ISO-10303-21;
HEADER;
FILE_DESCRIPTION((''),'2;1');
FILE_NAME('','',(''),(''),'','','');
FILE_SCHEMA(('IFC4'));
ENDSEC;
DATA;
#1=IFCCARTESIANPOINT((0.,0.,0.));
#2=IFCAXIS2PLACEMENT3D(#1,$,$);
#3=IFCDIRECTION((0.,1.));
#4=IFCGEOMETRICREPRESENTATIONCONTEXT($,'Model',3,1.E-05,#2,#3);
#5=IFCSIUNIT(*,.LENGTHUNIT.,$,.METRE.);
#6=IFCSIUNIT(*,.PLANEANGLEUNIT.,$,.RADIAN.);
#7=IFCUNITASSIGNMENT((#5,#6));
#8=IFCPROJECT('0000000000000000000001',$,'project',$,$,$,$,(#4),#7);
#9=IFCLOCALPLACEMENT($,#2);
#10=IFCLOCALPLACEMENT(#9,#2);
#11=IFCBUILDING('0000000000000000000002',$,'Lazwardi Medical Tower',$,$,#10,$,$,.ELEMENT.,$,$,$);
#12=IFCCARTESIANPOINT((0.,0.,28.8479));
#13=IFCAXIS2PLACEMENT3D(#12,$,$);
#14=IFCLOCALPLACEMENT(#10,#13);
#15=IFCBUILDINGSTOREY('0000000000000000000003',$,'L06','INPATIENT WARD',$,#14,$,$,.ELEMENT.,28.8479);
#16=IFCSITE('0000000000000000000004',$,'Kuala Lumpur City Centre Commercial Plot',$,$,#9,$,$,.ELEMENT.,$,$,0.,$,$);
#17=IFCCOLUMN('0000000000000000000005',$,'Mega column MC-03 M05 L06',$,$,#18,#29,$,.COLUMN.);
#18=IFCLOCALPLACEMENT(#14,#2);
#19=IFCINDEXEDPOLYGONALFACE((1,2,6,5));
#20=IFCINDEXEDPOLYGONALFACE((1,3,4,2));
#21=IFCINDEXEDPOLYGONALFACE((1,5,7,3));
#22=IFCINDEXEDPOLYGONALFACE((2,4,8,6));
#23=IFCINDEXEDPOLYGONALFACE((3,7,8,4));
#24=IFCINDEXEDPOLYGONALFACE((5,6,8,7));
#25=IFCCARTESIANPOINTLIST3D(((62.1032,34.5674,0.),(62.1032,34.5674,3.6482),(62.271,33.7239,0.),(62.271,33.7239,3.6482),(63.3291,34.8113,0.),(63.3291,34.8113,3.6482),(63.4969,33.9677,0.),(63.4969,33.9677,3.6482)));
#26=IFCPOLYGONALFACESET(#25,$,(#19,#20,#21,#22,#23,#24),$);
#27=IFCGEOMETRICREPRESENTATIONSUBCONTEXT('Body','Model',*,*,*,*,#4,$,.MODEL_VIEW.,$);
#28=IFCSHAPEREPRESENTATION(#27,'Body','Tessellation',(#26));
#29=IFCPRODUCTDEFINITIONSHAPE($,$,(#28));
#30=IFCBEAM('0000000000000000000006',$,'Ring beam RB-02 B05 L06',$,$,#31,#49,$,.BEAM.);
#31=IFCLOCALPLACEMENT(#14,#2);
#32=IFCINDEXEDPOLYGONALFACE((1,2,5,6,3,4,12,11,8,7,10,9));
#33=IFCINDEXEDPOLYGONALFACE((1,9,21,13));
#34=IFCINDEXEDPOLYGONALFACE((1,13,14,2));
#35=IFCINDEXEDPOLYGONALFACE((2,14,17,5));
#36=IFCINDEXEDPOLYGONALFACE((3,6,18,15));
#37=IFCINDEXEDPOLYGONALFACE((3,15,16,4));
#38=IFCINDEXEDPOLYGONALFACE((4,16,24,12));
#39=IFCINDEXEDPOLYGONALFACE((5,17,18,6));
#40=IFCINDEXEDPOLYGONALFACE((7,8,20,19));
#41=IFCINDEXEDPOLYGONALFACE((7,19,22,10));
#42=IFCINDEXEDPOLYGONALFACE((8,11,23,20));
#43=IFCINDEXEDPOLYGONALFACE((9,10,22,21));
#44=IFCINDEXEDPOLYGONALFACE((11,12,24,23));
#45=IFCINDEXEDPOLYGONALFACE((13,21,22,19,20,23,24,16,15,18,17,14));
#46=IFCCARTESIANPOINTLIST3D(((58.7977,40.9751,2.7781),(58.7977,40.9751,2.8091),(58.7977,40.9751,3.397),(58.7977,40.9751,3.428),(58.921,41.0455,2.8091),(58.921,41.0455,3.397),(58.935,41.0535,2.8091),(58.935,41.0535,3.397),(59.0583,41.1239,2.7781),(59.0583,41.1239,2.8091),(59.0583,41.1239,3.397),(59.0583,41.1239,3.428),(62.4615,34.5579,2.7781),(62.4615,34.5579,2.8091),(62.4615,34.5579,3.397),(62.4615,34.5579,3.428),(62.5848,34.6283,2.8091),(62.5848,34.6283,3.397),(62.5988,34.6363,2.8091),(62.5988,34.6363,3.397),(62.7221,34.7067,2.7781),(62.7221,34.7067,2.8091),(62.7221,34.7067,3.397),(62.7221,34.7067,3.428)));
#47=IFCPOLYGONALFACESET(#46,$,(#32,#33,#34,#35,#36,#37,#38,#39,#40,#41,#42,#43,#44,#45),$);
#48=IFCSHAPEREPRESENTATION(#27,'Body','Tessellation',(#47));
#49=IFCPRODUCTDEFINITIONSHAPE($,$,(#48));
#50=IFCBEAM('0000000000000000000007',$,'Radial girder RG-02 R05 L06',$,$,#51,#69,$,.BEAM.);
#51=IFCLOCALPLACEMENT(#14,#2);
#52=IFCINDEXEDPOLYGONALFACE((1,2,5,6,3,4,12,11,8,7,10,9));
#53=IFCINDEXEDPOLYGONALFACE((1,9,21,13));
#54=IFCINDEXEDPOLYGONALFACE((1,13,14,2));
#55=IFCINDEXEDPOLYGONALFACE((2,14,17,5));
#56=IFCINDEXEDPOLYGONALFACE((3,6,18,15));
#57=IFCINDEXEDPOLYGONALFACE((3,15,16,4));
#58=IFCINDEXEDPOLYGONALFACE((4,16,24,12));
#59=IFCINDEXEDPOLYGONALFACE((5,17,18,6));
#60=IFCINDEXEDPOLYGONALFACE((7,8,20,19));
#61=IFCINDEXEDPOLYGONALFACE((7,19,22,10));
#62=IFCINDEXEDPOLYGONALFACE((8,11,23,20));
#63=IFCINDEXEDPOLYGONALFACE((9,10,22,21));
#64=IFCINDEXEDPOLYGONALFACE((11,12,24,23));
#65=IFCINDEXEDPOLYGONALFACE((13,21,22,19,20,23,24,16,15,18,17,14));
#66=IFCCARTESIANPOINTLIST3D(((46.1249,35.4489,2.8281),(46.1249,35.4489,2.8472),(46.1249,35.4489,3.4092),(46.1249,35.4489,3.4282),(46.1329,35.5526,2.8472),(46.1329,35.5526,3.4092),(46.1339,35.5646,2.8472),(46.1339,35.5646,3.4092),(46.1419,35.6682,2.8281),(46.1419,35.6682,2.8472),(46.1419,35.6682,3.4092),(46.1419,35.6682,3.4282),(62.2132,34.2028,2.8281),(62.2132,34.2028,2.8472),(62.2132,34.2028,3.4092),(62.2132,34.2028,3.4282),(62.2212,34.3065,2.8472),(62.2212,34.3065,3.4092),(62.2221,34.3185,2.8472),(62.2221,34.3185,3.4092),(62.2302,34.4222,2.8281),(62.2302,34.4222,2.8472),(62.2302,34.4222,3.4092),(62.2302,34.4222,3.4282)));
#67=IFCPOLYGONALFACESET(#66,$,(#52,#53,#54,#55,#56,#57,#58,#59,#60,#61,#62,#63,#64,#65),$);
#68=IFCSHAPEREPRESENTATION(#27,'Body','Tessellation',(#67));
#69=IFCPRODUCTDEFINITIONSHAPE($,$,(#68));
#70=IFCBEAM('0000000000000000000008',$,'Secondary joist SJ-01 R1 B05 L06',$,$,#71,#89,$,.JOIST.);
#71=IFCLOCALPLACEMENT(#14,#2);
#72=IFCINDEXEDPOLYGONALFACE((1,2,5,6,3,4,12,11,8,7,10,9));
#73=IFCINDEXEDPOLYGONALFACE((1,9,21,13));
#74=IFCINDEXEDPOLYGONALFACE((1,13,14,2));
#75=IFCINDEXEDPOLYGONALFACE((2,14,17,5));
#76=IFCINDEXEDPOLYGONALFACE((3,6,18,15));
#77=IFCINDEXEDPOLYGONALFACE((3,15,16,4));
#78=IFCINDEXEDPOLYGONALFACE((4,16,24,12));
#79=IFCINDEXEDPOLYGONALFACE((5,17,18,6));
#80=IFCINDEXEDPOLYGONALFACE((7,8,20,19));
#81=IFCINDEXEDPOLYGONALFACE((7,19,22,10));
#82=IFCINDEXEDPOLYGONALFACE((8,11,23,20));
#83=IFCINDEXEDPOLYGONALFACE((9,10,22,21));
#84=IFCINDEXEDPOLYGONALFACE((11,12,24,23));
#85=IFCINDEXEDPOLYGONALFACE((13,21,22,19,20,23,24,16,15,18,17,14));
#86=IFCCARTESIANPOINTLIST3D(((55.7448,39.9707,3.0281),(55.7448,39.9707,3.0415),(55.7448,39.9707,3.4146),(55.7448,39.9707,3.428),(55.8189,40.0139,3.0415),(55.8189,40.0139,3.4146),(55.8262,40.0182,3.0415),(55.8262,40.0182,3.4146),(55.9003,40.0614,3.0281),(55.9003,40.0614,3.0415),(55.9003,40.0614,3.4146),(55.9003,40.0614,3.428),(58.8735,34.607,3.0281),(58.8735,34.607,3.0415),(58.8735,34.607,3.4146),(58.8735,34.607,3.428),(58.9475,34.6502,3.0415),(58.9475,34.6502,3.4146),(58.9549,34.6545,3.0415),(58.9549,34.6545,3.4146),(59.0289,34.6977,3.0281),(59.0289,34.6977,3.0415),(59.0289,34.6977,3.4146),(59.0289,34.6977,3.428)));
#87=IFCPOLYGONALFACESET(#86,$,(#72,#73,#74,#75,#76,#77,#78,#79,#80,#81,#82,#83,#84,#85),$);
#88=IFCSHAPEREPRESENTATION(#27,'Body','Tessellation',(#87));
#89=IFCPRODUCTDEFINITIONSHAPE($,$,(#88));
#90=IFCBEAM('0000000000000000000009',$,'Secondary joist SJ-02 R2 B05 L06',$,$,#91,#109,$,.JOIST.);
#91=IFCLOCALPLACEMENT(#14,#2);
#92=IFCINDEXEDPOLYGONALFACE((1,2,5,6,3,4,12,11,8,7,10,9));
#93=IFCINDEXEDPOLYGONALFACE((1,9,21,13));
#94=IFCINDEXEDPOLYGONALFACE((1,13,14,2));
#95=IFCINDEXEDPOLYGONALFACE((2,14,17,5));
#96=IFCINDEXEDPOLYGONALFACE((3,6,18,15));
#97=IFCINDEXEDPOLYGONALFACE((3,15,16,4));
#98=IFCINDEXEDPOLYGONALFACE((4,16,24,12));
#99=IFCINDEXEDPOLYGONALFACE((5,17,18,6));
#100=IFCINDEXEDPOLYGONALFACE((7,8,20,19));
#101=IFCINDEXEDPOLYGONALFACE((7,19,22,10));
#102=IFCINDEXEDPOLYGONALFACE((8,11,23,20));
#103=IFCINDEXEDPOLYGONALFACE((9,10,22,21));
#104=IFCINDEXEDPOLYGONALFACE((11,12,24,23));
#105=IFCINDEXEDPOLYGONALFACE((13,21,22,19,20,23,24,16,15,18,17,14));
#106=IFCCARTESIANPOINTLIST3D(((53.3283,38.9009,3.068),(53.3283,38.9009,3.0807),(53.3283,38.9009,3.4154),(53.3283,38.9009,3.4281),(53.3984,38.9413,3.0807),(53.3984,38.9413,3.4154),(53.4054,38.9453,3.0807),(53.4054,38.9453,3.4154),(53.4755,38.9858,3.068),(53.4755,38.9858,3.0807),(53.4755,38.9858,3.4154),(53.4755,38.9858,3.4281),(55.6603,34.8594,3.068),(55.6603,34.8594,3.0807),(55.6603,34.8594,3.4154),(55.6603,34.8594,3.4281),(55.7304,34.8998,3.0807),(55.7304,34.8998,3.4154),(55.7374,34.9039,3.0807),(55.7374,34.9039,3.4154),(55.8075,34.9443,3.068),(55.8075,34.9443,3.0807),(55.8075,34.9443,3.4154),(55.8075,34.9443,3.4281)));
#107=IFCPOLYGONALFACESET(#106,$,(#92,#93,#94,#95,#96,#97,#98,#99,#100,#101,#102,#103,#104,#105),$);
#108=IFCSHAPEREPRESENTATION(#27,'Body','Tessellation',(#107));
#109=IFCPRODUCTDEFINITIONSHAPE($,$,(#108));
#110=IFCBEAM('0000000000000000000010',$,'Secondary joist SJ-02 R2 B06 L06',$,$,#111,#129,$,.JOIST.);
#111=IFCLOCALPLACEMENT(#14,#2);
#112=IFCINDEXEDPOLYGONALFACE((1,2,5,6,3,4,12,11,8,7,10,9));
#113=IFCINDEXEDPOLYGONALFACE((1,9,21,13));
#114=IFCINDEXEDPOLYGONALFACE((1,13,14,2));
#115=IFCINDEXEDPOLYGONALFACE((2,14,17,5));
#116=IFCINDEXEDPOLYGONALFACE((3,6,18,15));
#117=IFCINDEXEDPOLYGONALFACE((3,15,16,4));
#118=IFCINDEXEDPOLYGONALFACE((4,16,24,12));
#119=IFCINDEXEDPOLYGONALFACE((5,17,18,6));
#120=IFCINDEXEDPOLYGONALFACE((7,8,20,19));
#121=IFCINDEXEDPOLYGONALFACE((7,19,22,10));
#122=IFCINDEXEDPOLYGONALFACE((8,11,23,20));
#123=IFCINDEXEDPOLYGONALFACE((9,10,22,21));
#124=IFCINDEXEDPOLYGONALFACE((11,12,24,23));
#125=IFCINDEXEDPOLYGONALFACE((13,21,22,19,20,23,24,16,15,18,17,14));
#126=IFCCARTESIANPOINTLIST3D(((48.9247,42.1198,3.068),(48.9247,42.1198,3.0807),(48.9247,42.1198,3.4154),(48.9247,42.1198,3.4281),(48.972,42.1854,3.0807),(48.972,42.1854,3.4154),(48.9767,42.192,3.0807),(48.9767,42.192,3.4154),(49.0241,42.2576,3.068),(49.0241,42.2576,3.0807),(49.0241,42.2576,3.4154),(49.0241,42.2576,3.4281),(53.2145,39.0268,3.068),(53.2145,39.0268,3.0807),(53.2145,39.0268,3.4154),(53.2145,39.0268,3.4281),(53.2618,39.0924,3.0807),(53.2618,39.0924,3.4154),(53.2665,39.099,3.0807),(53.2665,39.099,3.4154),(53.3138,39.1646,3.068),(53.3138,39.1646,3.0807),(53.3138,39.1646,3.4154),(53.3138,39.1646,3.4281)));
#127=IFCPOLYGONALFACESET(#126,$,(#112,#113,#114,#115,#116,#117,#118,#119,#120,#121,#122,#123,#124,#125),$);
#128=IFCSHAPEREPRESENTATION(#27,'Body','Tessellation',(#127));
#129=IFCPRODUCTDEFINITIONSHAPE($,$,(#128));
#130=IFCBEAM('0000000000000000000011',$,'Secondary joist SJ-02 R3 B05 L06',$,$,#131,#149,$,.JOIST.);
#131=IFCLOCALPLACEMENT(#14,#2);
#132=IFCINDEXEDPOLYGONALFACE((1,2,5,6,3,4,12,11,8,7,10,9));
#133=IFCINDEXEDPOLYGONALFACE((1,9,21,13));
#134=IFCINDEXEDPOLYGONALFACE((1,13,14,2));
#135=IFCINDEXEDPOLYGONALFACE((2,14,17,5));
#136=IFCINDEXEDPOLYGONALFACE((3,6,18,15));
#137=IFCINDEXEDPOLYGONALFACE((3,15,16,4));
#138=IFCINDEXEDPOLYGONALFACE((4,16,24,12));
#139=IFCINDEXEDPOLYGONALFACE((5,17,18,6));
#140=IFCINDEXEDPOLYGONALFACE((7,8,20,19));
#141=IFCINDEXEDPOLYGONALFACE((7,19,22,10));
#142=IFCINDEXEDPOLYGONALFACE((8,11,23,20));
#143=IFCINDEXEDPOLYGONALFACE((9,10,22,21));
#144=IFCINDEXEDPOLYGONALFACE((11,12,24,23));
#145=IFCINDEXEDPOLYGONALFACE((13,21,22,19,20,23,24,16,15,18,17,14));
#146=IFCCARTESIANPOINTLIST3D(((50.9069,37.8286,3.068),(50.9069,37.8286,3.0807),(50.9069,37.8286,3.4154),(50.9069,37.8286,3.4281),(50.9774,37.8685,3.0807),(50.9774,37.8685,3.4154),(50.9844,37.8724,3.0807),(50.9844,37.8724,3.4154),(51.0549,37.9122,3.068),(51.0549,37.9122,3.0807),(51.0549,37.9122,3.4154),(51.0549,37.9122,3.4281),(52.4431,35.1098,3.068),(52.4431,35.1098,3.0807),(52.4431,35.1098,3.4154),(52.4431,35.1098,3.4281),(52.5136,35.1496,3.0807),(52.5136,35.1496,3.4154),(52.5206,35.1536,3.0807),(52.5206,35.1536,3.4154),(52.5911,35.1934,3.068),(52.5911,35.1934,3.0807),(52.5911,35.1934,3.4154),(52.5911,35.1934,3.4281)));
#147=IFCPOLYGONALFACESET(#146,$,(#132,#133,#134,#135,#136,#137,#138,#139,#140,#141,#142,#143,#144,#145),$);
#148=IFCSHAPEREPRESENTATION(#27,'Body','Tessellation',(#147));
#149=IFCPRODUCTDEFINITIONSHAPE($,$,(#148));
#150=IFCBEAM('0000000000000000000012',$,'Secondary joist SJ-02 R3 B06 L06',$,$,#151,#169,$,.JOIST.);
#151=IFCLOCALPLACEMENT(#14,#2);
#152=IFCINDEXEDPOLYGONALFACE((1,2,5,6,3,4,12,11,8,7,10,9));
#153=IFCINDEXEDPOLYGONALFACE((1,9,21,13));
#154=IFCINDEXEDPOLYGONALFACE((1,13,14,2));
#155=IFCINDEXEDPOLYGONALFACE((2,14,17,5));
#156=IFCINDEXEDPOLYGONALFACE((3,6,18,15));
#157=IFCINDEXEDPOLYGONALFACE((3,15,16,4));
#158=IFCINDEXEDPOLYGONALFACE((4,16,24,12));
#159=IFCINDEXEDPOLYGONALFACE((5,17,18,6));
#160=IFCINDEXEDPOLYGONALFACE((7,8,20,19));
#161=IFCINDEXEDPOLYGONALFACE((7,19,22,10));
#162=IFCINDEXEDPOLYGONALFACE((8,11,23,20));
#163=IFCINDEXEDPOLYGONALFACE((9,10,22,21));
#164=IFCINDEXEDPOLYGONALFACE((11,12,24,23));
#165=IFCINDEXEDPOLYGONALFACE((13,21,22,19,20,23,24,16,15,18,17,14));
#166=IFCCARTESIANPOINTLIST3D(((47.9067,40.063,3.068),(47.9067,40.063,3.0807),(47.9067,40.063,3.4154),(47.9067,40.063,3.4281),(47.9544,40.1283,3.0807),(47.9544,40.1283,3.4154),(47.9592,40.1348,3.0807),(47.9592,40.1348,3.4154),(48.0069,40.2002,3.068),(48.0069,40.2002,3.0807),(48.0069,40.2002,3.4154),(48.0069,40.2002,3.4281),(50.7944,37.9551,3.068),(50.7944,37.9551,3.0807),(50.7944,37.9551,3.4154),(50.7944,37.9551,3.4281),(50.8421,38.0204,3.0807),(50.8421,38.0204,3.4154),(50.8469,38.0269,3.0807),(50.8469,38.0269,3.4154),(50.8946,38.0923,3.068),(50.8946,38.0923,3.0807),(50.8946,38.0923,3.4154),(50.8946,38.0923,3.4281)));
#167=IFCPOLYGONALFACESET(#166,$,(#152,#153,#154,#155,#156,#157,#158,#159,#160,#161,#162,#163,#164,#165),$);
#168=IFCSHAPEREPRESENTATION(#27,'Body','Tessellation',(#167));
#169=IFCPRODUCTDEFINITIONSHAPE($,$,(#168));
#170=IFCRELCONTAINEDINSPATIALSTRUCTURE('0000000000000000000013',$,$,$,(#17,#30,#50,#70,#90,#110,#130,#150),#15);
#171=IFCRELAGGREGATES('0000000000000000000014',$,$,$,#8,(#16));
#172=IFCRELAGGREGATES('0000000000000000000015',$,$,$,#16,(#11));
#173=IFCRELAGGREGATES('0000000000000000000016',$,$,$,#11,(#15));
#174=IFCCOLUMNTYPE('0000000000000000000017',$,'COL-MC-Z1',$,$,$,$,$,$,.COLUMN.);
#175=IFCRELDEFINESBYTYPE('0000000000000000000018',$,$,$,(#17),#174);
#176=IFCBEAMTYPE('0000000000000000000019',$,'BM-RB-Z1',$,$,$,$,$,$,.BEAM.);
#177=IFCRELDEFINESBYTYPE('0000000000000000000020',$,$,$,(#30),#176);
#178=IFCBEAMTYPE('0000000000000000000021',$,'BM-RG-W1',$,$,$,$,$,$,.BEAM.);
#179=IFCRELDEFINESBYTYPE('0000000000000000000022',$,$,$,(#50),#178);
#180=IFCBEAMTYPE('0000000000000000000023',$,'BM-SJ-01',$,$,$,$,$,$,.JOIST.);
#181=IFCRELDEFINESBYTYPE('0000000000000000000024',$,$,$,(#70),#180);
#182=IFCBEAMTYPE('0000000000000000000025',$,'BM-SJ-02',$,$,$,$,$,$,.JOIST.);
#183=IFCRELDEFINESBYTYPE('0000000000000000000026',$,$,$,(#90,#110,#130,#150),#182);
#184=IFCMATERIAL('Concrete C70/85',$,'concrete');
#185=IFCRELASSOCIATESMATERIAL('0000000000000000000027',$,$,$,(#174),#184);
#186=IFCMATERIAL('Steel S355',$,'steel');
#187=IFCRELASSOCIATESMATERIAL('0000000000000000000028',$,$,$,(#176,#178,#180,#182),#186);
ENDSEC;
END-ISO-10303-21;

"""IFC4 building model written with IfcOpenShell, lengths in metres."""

from ifc_helpers import new_model, si_unit, direction, frame, origin, origin_2d, place, context, subcontext, project, spatial, rectangle, i_section, extrude, material, material_profile, profile_set, type_object, element, save


model = new_model("IFC4")

# Units and contexts
model_context = context("Model", 3, precision=1e-05, world=origin(), true_north=direction((0.0, 1.0)))
body_context = subcontext(model_context, "Body", "Model", "MODEL_VIEW")
ifc_project = project(units=[si_unit("LENGTHUNIT", "METRE"), si_unit("PLANEANGLEUNIT", "RADIAN")], contexts=[model_context])

# Site, building, storey
site_placement = place(None, origin())
site = spatial("IfcSite", under=ifc_project, at=site_placement, Name="Kuala Lumpur City Centre Commercial Plot", CompositionType="ELEMENT", RefElevation=0.0)
building_placement = place(site_placement, origin())
building = spatial("IfcBuilding", under=site, at=building_placement, Name="Lazwardi Medical Tower", CompositionType="ELEMENT")
storey_placement = place(building_placement, frame((0.0, 0.0, 28.8479)))
storey = spatial("IfcBuildingStorey", under=building, at=storey_placement, Name="L06", Description="INPATIENT WARD", CompositionType="ELEMENT", Elevation=28.8479)

# Column
ifc_material_1 = material(Name="Concrete C70/85", Category="concrete")
ifc_material_profile_1 = material_profile(ifc_material_1, rectangle(XDim=1.25, YDim=0.8601, at=origin_2d()), Name="CFT-RECT 1250x860")
ifc_profile_set_1 = profile_set([ifc_material_profile_1], Name="Concrete C70/85")
column_type = type_object("IfcColumnType", Name="COL-MC-Z1", PredefinedType="COLUMN", material=ifc_profile_set_1)
column_placement = place(storey_placement, frame((62.8, 34.2676, 0.0), z_axis=(0.0, 0.0, 1.0), x_axis=(0.980785, 0.19509, 0.0)))
element("IfcColumn", 1, at=column_placement, inside=storey, type_object=column_type, Name="Mega column MC-03 M05 L06", PredefinedType="COLUMN", context=body_context, shape_type="SweptSolid", body=[
    extrude(rectangle(XDim=1.25, YDim=0.8601, at=origin_2d()), origin(), (0.0, 0.0, 1.0), 3.6482),
])

# Beams
ifc_material_2 = material(Name="Steel S355", Category="steel")
ifc_material_profile_2 = material_profile(ifc_material_2, i_section(OverallWidth=0.3, OverallDepth=0.6499, WebThickness=0.0161, FlangeThickness=0.031, at=origin_2d()), Name="HEB 650")
ifc_profile_set_2 = profile_set([ifc_material_profile_2], Name="Steel S355")
beam_type_1 = type_object("IfcBeamType", Name="BM-RB-Z1", PredefinedType="BEAM", material=ifc_profile_set_2)
beam_1_placement = place(storey_placement, frame((62.5918, 34.6323, 3.103), z_axis=(-0.495815, 0.868428, 0.0), x_axis=(-0.868428, -0.495815, 0.0)))
element("IfcBeam", 2, at=beam_1_placement, inside=storey, type_object=beam_type_1, Name="Ring beam RB-02 B05 L06", PredefinedType="BEAM", context=body_context, shape_type="SweptSolid", body=[
    extrude(i_section(OverallWidth=0.3, OverallDepth=0.6499, WebThickness=0.0161, FlangeThickness=0.031, at=origin_2d()), origin(), (0.0, 0.0, 1.0), 7.3894),
])
ifc_material_profile_3 = material_profile(ifc_material_2, i_section(OverallWidth=0.22, OverallDepth=0.6001, WebThickness=0.012, FlangeThickness=0.019, at=origin_2d()), Name="IPE 600")
ifc_profile_set_3 = profile_set([ifc_material_profile_3], Name="Steel S355")
beam_type_2 = type_object("IfcBeamType", Name="BM-RG-W1", PredefinedType="BEAM", material=ifc_profile_set_3)
beam_2_placement = place(storey_placement, frame((62.2217, 34.3125, 3.1282), z_axis=(-0.997014, 0.077222, 0.0), x_axis=(-0.077222, -0.997014, 0.0)))
element("IfcBeam", 3, at=beam_2_placement, inside=storey, type_object=beam_type_2, Name="Radial girder RG-02 R05 L06", PredefinedType="BEAM", context=body_context, shape_type="SweptSolid", body=[
    extrude(i_section(OverallWidth=0.22, OverallDepth=0.6001, WebThickness=0.012, FlangeThickness=0.019, at=origin_2d()), origin(), (0.0, 0.0, 1.0), 16.1365),
])
ifc_material_profile_4 = material_profile(ifc_material_2, i_section(OverallWidth=0.1799, OverallDepth=0.3999, WebThickness=0.0085, FlangeThickness=0.0134, at=origin_2d()), Name="IPE 400")
ifc_profile_set_4 = profile_set([ifc_material_profile_4], Name="Steel S355")
beam_type_3 = type_object("IfcBeamType", Name="BM-SJ-01", PredefinedType="JOIST", material=ifc_profile_set_4)
beam_3_placement = place(storey_placement, frame((58.9512, 34.6523, 3.228), z_axis=(-0.503847, 0.863793, 0.0), x_axis=(-0.863793, -0.503847, 0.0)))
element("IfcBeam", 4, at=beam_3_placement, inside=storey, type_object=beam_type_3, Name="Secondary joist SJ-01 R1 B05 L06", PredefinedType="JOIST", context=body_context, shape_type="SweptSolid", body=[
    extrude(i_section(OverallWidth=0.1799, OverallDepth=0.3999, WebThickness=0.0085, FlangeThickness=0.0134, at=origin_2d()), origin(), (0.0, 0.0, 1.0), 6.2095),
])
ifc_material_profile_5 = material_profile(ifc_material_2, i_section(OverallWidth=0.1699, OverallDepth=0.3601, WebThickness=0.0081, FlangeThickness=0.0127, at=origin_2d()), Name="IPE 360")
ifc_profile_set_5 = profile_set([ifc_material_profile_5], Name="Steel S355")
beam_type_4 = type_object("IfcBeamType", Name="BM-SJ-02", PredefinedType="JOIST", material=ifc_profile_set_5)
beam_4_placement = place(storey_placement, frame((55.7339, 34.9019, 3.248), z_axis=(-0.499786, 0.866149, 0.0), x_axis=(-0.866149, -0.499786, 0.0)))
element("IfcBeam", 5, at=beam_4_placement, inside=storey, type_object=beam_type_4, Name="Secondary joist SJ-02 R2 B05 L06", PredefinedType="JOIST", context=body_context, shape_type="SweptSolid", body=[
    extrude(i_section(OverallWidth=0.1699, OverallDepth=0.3601, WebThickness=0.0081, FlangeThickness=0.0127, at=origin_2d()), origin(), (0.0, 0.0, 1.0), 4.666),
])
beam_5_placement = place(storey_placement, frame((53.2642, 39.0957, 3.248), z_axis=(-0.811143, 0.584848, 0.0), x_axis=(-0.584848, -0.811143, 0.0)))
element("IfcBeam", 6, at=beam_5_placement, inside=storey, type_object=beam_type_4, Name="Secondary joist SJ-02 R2 B06 L06", PredefinedType="JOIST", context=body_context, shape_type="SweptSolid", body=[
    extrude(i_section(OverallWidth=0.1699, OverallDepth=0.3601, WebThickness=0.0081, FlangeThickness=0.0127, at=origin_2d()), origin(), (0.0, 0.0, 1.0), 5.2886),
])
beam_6_placement = place(storey_placement, frame((52.5171, 35.1516, 3.248), z_axis=(-0.491923, 0.870639, 0.0), x_axis=(-0.870639, -0.491923, 0.0)))
element("IfcBeam", 7, at=beam_6_placement, inside=storey, type_object=beam_type_4, Name="Secondary joist SJ-02 R3 B05 L06", PredefinedType="JOIST", context=body_context, shape_type="SweptSolid", body=[
    extrude(i_section(OverallWidth=0.1699, OverallDepth=0.3601, WebThickness=0.0081, FlangeThickness=0.0127, at=origin_2d()), origin(), (0.0, 0.0, 1.0), 3.1228),
])
beam_7_placement = place(storey_placement, frame((50.8445, 38.0237, 3.248), z_axis=(-0.807701, 0.589592, 0.0), x_axis=(-0.589592, -0.807701, 0.0)))
element("IfcBeam", 8, at=beam_7_placement, inside=storey, type_object=beam_type_4, Name="Secondary joist SJ-02 R3 B06 L06", PredefinedType="JOIST", context=body_context, shape_type="SweptSolid", body=[
    extrude(i_section(OverallWidth=0.1699, OverallDepth=0.3601, WebThickness=0.0081, FlangeThickness=0.0127, at=origin_2d()), origin(), (0.0, 0.0, 1.0), 3.5752),
])

save(model, "model.ifc")
